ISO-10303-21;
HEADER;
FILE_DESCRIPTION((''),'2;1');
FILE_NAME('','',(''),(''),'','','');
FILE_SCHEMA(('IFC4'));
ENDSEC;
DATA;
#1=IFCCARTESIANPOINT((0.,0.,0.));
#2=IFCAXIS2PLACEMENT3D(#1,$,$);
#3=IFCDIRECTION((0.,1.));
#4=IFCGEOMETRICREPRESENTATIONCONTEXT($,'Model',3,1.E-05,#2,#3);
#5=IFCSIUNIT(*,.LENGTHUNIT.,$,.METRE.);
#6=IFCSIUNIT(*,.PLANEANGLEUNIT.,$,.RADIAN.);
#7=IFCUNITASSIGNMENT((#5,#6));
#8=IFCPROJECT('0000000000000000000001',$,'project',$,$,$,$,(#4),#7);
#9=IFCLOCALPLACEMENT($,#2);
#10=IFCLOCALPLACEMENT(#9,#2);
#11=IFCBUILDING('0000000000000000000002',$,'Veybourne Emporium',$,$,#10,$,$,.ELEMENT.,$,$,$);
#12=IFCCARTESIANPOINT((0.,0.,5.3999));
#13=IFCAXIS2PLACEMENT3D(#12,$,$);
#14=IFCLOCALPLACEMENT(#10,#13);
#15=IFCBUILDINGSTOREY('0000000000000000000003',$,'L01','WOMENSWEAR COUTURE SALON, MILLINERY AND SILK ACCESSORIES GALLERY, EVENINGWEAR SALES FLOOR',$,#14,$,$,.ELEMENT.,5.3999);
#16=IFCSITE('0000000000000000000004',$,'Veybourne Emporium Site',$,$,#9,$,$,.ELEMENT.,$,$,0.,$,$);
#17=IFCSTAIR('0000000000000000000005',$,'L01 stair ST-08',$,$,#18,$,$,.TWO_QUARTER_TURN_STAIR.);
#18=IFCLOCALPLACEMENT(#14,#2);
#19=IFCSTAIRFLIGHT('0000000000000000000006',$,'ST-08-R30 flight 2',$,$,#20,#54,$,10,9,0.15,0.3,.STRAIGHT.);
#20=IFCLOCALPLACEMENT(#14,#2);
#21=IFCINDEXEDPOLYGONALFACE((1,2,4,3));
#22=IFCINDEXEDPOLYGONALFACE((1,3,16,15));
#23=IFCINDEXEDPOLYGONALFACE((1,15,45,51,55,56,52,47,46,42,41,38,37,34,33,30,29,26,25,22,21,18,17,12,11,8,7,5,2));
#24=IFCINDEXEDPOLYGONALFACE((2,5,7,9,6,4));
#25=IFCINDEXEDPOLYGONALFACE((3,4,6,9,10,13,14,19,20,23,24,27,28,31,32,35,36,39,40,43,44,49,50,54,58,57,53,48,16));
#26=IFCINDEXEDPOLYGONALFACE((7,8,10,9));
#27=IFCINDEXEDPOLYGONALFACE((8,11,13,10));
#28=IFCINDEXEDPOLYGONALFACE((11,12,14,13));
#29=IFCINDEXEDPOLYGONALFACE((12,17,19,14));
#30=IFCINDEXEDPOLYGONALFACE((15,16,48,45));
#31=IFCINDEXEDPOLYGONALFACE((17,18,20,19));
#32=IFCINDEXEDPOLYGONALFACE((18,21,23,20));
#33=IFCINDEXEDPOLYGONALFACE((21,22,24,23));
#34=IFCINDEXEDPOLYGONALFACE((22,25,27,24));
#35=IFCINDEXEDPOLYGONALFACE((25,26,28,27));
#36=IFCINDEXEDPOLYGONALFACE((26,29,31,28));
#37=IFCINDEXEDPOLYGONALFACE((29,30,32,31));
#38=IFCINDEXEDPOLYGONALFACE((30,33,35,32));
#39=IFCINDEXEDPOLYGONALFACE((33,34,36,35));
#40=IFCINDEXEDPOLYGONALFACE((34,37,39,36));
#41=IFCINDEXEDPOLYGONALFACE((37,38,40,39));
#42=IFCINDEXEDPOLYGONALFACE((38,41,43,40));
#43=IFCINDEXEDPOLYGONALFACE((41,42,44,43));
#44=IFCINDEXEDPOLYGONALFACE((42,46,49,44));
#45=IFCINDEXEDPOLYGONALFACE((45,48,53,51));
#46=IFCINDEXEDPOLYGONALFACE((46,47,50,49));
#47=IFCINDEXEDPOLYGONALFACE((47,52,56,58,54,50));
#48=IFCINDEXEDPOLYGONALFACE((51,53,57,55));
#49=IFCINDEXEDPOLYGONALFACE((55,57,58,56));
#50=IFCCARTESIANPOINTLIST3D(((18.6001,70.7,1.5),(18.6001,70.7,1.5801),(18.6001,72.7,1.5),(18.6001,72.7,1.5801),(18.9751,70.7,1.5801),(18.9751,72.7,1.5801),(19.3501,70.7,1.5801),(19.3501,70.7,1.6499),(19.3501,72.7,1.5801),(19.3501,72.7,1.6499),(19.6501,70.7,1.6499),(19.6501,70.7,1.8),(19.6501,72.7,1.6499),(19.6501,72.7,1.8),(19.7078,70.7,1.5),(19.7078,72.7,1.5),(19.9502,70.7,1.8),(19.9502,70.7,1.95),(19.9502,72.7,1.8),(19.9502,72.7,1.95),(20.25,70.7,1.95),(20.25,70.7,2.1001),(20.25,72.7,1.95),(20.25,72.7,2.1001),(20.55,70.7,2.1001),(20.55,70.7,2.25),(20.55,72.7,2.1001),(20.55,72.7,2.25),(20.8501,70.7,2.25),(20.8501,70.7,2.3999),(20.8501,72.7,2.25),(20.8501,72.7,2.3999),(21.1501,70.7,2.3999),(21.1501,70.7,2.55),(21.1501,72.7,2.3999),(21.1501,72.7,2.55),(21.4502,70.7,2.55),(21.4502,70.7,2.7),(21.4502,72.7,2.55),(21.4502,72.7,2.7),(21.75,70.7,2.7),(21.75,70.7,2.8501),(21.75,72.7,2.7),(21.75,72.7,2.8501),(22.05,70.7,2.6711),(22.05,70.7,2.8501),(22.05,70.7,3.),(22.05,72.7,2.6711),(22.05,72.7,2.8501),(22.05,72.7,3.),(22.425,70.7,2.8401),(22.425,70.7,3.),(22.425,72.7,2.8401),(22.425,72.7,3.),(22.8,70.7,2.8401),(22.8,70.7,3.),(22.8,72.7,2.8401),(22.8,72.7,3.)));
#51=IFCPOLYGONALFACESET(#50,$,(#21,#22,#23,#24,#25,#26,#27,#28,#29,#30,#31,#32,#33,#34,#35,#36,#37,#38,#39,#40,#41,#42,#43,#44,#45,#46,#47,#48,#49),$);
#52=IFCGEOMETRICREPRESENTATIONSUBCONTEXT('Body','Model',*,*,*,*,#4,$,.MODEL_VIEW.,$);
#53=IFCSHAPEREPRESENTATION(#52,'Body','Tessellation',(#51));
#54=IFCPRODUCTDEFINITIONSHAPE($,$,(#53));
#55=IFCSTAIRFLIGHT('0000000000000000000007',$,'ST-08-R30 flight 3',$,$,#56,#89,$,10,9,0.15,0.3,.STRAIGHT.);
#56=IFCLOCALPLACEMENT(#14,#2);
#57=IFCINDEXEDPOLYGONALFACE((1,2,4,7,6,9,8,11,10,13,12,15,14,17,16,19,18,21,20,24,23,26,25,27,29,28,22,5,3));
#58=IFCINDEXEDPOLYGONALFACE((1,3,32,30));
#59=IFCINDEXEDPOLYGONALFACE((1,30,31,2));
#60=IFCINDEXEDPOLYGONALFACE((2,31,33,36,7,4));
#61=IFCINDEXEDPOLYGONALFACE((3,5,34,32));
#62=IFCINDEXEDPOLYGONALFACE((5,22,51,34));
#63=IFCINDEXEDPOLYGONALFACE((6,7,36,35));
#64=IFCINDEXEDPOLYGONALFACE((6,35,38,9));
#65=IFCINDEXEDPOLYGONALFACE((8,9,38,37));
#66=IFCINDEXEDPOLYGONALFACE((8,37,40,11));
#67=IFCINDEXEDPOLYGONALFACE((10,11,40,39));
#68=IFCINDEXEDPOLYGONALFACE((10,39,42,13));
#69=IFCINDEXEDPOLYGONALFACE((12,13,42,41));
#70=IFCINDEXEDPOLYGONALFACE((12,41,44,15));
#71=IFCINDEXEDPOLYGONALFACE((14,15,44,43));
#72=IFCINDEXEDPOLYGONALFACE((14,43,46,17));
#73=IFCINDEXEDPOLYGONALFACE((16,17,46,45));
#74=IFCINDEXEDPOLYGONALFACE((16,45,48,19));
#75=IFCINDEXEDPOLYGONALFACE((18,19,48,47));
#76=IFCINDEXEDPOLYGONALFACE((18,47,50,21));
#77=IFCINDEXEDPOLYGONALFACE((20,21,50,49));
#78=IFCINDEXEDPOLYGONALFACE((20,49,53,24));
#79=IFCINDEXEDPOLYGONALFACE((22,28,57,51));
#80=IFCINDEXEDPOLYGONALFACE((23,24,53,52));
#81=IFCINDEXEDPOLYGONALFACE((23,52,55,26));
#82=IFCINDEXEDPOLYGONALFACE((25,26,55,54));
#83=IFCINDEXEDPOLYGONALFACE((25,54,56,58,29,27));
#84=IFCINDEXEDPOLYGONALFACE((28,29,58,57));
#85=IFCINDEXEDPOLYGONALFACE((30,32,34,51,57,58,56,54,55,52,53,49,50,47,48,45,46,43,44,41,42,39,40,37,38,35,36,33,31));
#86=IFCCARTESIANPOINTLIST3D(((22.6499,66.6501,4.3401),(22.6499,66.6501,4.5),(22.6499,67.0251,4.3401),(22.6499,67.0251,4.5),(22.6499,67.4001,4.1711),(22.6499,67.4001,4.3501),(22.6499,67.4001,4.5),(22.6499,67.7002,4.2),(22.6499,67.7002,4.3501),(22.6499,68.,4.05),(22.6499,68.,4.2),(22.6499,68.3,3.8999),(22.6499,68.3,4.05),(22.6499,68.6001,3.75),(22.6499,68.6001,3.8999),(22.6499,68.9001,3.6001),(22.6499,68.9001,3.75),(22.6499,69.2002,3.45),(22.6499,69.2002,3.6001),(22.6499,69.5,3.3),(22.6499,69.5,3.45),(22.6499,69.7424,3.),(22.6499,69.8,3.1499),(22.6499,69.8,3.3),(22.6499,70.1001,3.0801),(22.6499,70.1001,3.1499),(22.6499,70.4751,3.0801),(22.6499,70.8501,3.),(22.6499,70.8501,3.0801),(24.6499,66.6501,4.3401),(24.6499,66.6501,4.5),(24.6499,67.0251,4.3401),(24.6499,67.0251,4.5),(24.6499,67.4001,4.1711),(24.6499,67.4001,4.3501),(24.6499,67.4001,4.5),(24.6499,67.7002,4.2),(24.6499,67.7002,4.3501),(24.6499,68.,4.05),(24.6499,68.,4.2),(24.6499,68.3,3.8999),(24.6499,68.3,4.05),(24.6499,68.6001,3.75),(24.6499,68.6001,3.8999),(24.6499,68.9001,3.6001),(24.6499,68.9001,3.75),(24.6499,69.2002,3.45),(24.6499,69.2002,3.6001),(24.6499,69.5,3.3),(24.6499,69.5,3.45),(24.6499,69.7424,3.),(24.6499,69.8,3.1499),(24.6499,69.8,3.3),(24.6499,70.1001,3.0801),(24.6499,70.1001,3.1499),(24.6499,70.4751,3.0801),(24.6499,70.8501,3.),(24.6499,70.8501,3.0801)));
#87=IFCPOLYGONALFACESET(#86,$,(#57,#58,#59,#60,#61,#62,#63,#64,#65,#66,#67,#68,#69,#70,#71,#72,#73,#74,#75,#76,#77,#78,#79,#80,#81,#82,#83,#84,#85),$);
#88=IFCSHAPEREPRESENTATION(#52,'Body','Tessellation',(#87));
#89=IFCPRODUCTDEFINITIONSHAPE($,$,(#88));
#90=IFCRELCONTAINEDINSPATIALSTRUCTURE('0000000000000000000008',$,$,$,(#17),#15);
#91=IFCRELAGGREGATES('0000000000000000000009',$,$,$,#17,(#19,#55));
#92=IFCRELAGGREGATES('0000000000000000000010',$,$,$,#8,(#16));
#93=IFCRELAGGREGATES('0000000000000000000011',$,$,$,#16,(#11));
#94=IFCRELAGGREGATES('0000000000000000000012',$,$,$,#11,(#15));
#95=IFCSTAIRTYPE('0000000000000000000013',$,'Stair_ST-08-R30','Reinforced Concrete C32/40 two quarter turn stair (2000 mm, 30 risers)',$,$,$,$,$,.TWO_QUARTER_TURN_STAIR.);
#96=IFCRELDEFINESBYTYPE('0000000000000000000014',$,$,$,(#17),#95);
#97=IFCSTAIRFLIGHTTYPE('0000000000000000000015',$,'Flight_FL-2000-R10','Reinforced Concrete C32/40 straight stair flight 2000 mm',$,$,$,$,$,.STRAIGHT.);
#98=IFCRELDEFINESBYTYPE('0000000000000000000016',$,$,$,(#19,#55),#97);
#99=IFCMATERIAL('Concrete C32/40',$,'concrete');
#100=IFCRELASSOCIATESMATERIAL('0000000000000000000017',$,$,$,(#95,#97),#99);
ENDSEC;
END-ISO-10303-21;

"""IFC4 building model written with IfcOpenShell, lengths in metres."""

from ifc_helpers import new_model, si_unit, direction, frame, origin, place, context, subcontext, project, spatial, polyline, outline, extrude, material, type_object, element, aggregate, save


model = new_model("IFC4")

# Units and contexts
model_context = context("Model", 3, precision=1e-05, world=origin(), true_north=direction((0.0, 1.0)))
body_context = subcontext(model_context, "Body", "Model", "MODEL_VIEW")
ifc_project = project(units=[si_unit("LENGTHUNIT", "METRE"), si_unit("PLANEANGLEUNIT", "RADIAN")], contexts=[model_context])

# Site, building, storey
site_placement = place(None, origin())
site = spatial("IfcSite", under=ifc_project, at=site_placement, Name="Veybourne Emporium Site", CompositionType="ELEMENT", RefElevation=0.0)
building_placement = place(site_placement, origin())
building = spatial("IfcBuilding", under=site, at=building_placement, Name="Veybourne Emporium", CompositionType="ELEMENT")
storey_placement = place(building_placement, frame((0.0, 0.0, 5.3999)))
storey = spatial("IfcBuildingStorey", under=building, at=storey_placement, Name="L01", Description="WOMENSWEAR COUTURE SALON, MILLINERY AND SILK ACCESSORIES GALLERY, EVENINGWEAR SALES FLOOR", CompositionType="ELEMENT", Elevation=5.3999)

# Shared definitions
ifc_material_1 = material(Name="Concrete C32/40", Category="concrete")

# Stair, stair flights
stair_type = type_object("IfcStairType", Name="Stair_ST-08-R30", Description="Reinforced Concrete C32/40 two quarter turn stair (2000 mm, 30 risers)", PredefinedType="TWO_QUARTER_TURN_STAIR", material=ifc_material_1)
stair_placement = place(storey_placement, origin())
stair = element("IfcStair", 1, at=stair_placement, inside=storey, type_object=stair_type, Name="L01 stair ST-08", PredefinedType="TWO_QUARTER_TURN_STAIR")
stair_flight_type = type_object("IfcStairFlightType", Name="Flight_FL-2000-R10", Description="Reinforced Concrete C32/40 straight stair flight 2000 mm", PredefinedType="STRAIGHT", material=ifc_material_1)
stair_flight_1_placement = place(storey_placement, frame((19.3501, 71.7, 1.5), z_axis=(0.0, 0.0, 1.0), x_axis=(1.0, 0.0, 0.0)))
stair_flight_1 = element("IfcStairFlight", 2, at=stair_flight_1_placement, type_object=stair_flight_type, Name="ST-08-R30 flight 2", NumberOfRisers=10, NumberOfTreads=9, PredefinedType="STRAIGHT", RiserHeight=0.15, TreadLength=0.3, context=body_context, shape_type="SweptSolid", body=[
    extrude(outline(polyline([(-0.75, 0.0), (-0.75, 0.0801), (-0.375, 0.0801), (0.0, 0.0801), (0.0, 0.1499), (0.3, 0.1499), (0.3, 0.3), (0.6001, 0.3), (0.6001, 0.45), (0.8999, 0.45), (0.8999, 0.6001), (1.2, 0.6001), (1.2, 0.75), (1.5, 0.75), (1.5, 0.8999), (1.8, 0.8999), (1.8, 1.05), (2.1001, 1.05), (2.1001, 1.2), (2.3999, 1.2), (2.3999, 1.3501), (2.7, 1.3501), (2.7, 1.5), (3.075, 1.5), (3.45, 1.5), (3.45, 1.3401), (3.075, 1.3401), (2.7, 1.1711), (0.3577, 0.0), (-0.75, 0.0)])), frame((0.0, 1.0, 0.0), z_axis=(0.0, -1.0, 0.0), x_axis=(1.0, 0.0, 0.0)), (0.0, 0.0, 1.0), 2.0),
])
stair_flight_2_placement = place(storey_placement, frame((23.6499, 70.1001, 3.0), z_axis=(0.0, 0.0, 1.0), x_axis=(0.0, -1.0, 0.0)))
stair_flight_2 = element("IfcStairFlight", 3, at=stair_flight_2_placement, type_object=stair_flight_type, Name="ST-08-R30 flight 3", NumberOfRisers=10, NumberOfTreads=9, PredefinedType="STRAIGHT", RiserHeight=0.15, TreadLength=0.3, context=body_context, shape_type="SweptSolid", body=[
    extrude(outline(polyline([(-0.75, 0.0), (-0.75, 0.0801), (-0.375, 0.0801), (0.0, 0.0801), (0.0, 0.1499), (0.3, 0.1499), (0.3, 0.3), (0.6001, 0.3), (0.6001, 0.45), (0.8999, 0.45), (0.8999, 0.6001), (1.2, 0.6001), (1.2, 0.75), (1.5, 0.75), (1.5, 0.8999), (1.8, 0.8999), (1.8, 1.05), (2.1001, 1.05), (2.1001, 1.2), (2.3999, 1.2), (2.3999, 1.3501), (2.7, 1.3501), (2.7, 1.5), (3.075, 1.5), (3.45, 1.5), (3.45, 1.3401), (3.075, 1.3401), (2.7, 1.1711), (0.3577, 0.0), (-0.75, 0.0)])), frame((0.0, 1.0, 0.0), z_axis=(0.0, -1.0, 0.0), x_axis=(1.0, 0.0, 0.0)), (0.0, 0.0, 1.0), 2.0),
])
aggregate(stair, [stair_flight_1, stair_flight_2])

save(model, "model.ifc")
